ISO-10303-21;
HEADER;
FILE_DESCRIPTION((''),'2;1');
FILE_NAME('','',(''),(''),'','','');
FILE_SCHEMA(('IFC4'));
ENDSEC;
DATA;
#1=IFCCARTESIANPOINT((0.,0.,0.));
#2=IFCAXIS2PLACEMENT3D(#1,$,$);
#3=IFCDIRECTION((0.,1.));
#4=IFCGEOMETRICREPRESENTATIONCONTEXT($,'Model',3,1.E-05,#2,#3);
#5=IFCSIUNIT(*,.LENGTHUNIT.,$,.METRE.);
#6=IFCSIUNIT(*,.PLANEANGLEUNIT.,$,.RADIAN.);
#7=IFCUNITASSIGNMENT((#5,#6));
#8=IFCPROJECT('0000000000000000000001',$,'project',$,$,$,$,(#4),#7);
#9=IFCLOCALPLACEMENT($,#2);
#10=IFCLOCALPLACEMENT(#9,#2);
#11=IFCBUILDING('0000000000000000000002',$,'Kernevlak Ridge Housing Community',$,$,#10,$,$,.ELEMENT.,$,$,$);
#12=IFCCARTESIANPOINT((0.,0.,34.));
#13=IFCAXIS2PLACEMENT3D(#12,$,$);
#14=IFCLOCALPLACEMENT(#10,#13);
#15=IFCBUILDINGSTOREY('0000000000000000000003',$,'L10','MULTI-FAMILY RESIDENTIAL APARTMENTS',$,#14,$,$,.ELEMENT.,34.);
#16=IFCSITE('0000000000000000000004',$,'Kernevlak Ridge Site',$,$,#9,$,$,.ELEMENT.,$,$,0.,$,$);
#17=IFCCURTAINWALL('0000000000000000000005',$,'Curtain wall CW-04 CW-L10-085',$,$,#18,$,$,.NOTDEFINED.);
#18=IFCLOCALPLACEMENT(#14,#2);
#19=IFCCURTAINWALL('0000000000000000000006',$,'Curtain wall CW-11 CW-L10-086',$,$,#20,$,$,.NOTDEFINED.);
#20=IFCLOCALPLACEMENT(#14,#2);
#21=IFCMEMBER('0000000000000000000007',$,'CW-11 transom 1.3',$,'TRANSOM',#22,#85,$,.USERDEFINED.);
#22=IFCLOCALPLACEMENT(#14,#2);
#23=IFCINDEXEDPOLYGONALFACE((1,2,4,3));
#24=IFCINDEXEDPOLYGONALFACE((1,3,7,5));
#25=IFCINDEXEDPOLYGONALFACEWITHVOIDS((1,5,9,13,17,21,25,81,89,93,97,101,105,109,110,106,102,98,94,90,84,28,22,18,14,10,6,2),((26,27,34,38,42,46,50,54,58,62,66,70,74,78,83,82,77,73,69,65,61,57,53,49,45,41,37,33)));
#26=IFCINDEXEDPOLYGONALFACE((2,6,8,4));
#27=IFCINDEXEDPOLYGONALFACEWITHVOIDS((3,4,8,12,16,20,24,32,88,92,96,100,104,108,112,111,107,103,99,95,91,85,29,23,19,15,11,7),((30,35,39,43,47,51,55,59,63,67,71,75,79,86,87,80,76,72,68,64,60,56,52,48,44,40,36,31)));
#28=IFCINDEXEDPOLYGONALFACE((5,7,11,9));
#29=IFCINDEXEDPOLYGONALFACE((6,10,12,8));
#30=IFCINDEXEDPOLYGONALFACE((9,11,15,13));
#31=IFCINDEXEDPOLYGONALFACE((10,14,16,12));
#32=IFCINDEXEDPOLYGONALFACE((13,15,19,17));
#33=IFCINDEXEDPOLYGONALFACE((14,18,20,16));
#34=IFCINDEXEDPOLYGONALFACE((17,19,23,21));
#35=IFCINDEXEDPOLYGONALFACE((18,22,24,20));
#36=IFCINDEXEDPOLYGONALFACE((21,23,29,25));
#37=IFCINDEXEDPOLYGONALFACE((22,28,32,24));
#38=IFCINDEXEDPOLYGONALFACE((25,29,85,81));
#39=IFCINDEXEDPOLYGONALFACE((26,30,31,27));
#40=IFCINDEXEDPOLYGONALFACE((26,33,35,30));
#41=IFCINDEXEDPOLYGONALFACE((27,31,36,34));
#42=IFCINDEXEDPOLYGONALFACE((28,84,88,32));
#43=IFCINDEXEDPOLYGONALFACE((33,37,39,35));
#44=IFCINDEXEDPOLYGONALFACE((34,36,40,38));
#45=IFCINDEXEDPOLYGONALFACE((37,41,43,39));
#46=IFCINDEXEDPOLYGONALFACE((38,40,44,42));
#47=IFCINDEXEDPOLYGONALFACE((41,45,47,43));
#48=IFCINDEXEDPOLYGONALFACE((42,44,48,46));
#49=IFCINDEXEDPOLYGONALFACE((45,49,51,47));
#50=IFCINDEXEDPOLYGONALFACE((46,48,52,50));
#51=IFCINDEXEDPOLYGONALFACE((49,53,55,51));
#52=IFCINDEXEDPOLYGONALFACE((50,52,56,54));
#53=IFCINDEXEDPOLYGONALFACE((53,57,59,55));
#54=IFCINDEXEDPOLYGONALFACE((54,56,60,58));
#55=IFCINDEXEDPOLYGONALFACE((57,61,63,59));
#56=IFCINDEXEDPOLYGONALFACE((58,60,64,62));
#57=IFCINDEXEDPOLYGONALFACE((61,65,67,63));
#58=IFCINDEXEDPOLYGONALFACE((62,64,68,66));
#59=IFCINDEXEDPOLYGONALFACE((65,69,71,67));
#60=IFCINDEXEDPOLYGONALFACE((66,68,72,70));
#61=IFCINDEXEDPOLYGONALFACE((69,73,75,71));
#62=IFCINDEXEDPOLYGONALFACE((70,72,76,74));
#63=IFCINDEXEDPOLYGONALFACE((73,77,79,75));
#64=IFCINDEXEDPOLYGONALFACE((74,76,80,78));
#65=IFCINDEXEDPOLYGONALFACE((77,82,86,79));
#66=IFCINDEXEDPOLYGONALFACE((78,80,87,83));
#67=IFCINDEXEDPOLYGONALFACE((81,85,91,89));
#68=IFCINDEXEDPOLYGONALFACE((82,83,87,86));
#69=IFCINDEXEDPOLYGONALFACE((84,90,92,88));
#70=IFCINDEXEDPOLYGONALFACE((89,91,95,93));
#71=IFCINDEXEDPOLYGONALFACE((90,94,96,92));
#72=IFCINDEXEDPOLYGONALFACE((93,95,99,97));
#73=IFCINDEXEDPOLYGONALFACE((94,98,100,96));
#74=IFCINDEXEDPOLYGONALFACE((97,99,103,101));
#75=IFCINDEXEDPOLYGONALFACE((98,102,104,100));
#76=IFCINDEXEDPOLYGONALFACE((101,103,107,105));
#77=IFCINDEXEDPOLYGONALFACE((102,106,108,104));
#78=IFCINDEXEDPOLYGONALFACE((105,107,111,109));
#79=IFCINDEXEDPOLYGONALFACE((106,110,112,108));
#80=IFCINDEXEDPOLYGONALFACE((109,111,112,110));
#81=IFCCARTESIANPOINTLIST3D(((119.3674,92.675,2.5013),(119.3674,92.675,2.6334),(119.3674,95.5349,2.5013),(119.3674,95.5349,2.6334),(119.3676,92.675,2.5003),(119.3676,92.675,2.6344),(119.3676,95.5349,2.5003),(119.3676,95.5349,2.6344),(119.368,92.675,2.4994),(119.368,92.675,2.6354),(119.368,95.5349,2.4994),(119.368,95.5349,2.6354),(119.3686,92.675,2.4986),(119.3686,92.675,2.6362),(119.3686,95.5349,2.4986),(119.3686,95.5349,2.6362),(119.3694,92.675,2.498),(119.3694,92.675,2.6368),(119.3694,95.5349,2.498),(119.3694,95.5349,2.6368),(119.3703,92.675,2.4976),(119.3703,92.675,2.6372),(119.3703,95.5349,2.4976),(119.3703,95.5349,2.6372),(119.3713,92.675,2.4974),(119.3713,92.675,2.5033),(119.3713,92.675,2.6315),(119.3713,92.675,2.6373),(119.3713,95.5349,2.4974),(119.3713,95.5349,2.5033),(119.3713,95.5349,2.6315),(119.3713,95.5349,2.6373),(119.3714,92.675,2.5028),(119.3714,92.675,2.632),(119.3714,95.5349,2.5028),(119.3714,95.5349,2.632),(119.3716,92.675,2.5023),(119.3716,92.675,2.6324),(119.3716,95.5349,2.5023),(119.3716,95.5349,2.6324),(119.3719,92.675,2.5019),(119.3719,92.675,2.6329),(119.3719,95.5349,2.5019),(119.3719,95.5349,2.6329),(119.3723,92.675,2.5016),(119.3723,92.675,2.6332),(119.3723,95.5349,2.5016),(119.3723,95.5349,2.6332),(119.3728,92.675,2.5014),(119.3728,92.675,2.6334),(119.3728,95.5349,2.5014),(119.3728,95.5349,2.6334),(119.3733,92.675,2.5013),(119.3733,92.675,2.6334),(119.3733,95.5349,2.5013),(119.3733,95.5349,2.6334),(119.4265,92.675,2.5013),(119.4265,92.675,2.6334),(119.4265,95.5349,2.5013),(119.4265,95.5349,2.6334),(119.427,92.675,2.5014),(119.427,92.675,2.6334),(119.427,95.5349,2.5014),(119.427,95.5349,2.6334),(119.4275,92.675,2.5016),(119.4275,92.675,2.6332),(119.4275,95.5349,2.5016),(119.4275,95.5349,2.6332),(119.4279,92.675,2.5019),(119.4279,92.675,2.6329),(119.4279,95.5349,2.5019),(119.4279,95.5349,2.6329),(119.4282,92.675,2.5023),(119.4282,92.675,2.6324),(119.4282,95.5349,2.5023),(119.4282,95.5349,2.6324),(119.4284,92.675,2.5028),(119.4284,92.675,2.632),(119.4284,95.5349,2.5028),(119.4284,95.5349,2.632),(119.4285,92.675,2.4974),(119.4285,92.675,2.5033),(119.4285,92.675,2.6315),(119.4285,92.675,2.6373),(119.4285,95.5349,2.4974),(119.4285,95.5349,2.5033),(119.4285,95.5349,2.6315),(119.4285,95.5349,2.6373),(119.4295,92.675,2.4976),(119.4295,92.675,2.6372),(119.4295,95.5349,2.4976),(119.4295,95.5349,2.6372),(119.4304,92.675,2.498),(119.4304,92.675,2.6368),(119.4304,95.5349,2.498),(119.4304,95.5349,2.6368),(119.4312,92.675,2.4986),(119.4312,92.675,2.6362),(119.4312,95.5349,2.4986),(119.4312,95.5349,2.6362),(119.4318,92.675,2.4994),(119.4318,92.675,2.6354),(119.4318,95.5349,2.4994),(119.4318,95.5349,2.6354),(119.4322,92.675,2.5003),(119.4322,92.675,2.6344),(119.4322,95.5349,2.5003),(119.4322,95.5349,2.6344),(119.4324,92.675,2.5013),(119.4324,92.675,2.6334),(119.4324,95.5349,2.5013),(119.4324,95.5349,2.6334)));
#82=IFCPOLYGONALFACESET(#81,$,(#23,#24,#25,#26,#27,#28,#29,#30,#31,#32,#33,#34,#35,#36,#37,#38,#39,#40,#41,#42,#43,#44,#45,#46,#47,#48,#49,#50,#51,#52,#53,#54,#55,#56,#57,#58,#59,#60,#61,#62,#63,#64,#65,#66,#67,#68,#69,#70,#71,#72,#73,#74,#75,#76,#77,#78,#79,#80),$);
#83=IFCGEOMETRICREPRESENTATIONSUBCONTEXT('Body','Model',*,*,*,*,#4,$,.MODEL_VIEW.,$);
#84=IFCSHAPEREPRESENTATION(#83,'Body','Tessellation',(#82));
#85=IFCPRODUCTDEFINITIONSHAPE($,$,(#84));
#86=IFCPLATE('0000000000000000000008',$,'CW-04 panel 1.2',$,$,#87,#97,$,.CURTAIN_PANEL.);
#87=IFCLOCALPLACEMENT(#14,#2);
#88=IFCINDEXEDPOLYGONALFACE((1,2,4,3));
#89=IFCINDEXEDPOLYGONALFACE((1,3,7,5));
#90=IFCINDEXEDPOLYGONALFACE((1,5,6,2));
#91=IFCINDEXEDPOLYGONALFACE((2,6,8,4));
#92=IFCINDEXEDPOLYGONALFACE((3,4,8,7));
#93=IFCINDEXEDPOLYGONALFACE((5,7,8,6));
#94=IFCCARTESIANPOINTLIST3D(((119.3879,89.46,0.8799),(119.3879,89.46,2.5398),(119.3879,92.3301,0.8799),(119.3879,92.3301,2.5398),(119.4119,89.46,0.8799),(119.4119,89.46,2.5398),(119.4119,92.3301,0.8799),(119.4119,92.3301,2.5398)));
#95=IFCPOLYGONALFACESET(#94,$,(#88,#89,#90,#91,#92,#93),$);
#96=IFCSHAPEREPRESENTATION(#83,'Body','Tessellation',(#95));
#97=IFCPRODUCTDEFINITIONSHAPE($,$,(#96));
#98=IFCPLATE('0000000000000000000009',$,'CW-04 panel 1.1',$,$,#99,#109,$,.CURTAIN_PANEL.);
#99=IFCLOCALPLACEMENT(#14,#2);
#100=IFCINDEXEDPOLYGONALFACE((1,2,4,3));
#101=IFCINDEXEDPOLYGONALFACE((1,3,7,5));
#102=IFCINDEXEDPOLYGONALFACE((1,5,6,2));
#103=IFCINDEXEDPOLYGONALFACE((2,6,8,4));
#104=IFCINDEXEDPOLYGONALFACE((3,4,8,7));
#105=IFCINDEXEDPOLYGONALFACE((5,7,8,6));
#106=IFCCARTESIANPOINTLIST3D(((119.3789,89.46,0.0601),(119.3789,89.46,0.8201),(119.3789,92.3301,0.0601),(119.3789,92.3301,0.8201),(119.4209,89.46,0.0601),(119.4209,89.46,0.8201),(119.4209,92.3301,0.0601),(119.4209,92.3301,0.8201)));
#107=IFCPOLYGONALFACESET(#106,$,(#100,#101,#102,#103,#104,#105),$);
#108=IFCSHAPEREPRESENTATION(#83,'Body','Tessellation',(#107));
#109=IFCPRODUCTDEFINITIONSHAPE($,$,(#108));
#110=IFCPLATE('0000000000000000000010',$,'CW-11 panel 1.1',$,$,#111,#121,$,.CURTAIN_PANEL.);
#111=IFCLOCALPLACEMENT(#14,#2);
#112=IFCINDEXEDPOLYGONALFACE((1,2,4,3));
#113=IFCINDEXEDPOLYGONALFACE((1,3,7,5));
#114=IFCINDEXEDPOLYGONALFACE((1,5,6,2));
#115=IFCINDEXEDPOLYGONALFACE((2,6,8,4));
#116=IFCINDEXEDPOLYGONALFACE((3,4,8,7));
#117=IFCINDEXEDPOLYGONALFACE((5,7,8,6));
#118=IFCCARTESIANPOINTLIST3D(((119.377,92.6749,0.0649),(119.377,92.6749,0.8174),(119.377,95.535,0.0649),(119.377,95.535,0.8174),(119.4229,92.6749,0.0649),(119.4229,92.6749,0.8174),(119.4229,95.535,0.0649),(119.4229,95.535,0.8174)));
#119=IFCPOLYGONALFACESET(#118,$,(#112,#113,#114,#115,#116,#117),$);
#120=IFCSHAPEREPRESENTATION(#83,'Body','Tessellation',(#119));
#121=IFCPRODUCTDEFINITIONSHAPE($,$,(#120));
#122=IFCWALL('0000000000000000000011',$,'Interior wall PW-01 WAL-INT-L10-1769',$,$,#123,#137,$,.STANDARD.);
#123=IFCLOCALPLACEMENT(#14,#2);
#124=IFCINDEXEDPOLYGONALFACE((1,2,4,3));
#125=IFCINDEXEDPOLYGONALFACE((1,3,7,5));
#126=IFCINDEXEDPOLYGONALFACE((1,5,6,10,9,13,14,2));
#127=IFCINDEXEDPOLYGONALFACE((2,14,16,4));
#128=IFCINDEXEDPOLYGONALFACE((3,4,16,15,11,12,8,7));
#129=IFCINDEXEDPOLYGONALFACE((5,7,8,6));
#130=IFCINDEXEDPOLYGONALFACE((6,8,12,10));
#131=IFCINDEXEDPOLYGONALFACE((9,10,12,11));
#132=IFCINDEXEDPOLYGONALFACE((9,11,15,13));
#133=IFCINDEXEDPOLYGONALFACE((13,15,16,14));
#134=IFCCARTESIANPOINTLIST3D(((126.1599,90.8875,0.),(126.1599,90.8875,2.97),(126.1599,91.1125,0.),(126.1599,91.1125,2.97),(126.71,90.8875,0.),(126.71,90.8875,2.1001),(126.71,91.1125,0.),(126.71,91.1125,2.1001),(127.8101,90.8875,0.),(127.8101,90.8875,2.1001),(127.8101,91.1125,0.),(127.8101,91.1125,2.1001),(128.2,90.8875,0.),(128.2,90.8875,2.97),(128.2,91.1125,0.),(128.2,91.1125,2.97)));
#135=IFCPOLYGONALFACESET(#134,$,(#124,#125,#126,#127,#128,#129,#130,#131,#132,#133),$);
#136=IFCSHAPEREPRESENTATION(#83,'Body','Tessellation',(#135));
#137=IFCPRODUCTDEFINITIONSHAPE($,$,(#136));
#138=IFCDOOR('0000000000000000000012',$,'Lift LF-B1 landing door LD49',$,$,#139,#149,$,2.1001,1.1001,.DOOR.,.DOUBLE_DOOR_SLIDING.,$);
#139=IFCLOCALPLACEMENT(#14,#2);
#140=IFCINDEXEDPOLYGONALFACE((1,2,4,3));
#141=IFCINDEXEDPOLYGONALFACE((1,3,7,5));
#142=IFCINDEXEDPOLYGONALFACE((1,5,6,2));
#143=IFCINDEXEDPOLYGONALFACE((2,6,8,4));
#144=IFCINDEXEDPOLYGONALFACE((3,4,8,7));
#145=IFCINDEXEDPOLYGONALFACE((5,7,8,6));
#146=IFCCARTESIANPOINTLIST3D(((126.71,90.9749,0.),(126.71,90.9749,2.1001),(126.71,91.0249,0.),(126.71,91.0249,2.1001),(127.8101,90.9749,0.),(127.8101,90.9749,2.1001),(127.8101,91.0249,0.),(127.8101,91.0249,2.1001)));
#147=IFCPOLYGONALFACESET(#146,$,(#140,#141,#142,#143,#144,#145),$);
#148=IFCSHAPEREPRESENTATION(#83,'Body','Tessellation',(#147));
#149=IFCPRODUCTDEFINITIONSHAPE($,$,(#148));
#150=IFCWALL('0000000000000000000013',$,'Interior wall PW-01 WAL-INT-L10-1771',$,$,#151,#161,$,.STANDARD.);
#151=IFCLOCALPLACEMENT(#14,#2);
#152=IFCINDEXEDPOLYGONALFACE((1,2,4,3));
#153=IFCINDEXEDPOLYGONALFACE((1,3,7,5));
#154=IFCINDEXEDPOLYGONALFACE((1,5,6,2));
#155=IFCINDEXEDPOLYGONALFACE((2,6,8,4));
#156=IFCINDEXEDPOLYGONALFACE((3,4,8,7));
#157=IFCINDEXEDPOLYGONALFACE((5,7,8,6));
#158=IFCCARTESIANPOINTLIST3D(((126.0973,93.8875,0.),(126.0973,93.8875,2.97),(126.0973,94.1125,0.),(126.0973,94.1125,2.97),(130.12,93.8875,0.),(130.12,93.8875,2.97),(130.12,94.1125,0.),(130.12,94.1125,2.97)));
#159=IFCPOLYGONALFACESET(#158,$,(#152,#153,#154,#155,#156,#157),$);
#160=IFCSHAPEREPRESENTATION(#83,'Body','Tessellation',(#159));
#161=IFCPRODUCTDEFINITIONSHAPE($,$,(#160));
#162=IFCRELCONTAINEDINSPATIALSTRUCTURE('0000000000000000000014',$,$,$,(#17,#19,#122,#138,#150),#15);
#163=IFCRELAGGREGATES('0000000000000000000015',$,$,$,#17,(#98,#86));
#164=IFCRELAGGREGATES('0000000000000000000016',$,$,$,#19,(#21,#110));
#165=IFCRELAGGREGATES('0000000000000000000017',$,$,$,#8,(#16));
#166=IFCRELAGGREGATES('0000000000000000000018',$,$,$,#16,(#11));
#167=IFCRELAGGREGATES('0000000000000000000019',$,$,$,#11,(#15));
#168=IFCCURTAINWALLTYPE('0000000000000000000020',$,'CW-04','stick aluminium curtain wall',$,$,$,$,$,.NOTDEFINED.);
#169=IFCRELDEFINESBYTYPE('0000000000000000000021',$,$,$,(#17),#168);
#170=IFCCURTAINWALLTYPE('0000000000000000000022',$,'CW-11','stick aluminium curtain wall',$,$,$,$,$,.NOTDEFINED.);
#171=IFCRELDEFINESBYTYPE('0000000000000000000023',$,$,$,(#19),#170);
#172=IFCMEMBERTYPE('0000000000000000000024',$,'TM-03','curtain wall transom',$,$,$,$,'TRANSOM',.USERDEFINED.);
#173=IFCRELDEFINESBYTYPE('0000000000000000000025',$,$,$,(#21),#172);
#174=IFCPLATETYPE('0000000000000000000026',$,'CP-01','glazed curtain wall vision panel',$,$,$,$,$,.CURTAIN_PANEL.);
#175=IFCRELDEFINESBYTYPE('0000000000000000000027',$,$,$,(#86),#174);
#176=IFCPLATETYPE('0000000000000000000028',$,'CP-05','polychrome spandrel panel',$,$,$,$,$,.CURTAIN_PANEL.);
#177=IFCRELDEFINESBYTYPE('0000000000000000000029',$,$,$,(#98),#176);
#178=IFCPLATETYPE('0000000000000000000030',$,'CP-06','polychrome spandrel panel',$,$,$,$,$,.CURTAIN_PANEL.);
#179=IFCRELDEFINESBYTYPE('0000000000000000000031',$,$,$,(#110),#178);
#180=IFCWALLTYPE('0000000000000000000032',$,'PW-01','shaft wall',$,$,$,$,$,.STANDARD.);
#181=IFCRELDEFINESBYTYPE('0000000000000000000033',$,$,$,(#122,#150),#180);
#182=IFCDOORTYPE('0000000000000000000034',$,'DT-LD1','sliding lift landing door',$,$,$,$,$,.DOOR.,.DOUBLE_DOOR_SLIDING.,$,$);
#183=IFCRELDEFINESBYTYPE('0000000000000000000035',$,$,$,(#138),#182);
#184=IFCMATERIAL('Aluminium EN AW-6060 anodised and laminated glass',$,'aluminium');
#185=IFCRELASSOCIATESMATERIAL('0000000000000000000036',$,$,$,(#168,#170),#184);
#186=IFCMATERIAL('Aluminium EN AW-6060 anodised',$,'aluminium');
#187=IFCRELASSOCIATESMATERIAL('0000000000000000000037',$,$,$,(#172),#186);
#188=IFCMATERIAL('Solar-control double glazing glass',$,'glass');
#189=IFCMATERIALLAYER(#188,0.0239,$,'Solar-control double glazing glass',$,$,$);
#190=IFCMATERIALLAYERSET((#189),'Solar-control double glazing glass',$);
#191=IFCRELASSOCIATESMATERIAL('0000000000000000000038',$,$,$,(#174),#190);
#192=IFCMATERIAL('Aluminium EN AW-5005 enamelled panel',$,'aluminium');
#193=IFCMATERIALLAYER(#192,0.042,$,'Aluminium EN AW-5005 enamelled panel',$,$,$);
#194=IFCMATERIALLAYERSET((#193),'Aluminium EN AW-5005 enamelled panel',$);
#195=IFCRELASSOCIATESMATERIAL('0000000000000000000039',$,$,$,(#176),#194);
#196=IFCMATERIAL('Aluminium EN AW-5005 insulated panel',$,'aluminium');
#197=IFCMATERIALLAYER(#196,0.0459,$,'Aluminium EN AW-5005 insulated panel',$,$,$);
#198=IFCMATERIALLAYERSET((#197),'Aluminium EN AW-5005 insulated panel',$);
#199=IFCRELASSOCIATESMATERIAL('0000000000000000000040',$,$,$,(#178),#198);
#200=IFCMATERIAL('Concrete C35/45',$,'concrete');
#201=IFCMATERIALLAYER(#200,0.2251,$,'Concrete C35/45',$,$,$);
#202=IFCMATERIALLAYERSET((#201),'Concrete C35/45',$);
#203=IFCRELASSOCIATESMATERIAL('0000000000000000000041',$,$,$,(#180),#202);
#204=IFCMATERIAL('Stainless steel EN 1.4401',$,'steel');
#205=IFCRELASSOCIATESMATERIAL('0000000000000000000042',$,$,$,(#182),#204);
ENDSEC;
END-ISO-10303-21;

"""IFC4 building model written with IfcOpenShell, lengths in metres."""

from ifc_helpers import new_model, si_unit, direction, frame, frame_2d, origin, origin_2d, place, context, subcontext, project, spatial, rectangle, hollow_rectangle, extrude, material, layer, layer_set, material_profile, profile_set, type_object, element, fill, aggregate, save


model = new_model("IFC4")

# Units and contexts
model_context = context("Model", 3, precision=1e-05, world=origin(), true_north=direction((0.0, 1.0)))
body_context = subcontext(model_context, "Body", "Model", "MODEL_VIEW")
ifc_project = project(units=[si_unit("LENGTHUNIT", "METRE"), si_unit("PLANEANGLEUNIT", "RADIAN")], contexts=[model_context])

# Site, building, storey
site_placement = place(None, origin())
site = spatial("IfcSite", under=ifc_project, at=site_placement, Name="Kernevlak Ridge Site", CompositionType="ELEMENT", RefElevation=0.0)
building_placement = place(site_placement, origin())
building = spatial("IfcBuilding", under=site, at=building_placement, Name="Kernevlak Ridge Housing Community", CompositionType="ELEMENT")
storey_placement = place(building_placement, frame((0.0, 0.0, 34.0)))
storey = spatial("IfcBuildingStorey", under=building, at=storey_placement, Name="L10", Description="MULTI-FAMILY RESIDENTIAL APARTMENTS", CompositionType="ELEMENT", Elevation=34.0)

# Curtain wall
ifc_material_1 = material(Name="Aluminium EN AW-6060 anodised and laminated glass", Category="aluminium")
curtain_wall_type_1 = type_object("IfcCurtainWallType", Name="CW-04", Description="stick aluminium curtain wall", PredefinedType="NOTDEFINED", material=ifc_material_1)
curtain_wall_1_placement = place(storey_placement, origin())
curtain_wall_1 = element("IfcCurtainWall", 1, at=curtain_wall_1_placement, inside=storey, type_object=curtain_wall_type_1, Name="Curtain wall CW-04 CW-L10-085", PredefinedType="NOTDEFINED")
ifc_material_2 = material(Name="Aluminium EN AW-6060 anodised", Category="aluminium")

# Curtain wall, member
curtain_wall_type_2 = type_object("IfcCurtainWallType", Name="CW-11", Description="stick aluminium curtain wall", PredefinedType="NOTDEFINED", material=ifc_material_1)
curtain_wall_2_placement = place(storey_placement, origin())
curtain_wall_2 = element("IfcCurtainWall", 2, at=curtain_wall_2_placement, inside=storey, type_object=curtain_wall_type_2, Name="Curtain wall CW-11 CW-L10-086", PredefinedType="NOTDEFINED")
ifc_material_profile_1 = material_profile(ifc_material_2, hollow_rectangle(XDim=0.0649, YDim=0.1399, WallThickness=0.0039, InnerFilletRadius=0.002, OuterFilletRadius=0.0039, at=origin_2d()), Name="ALU 65x140x4")
ifc_profile_set_1 = profile_set([ifc_material_profile_1], Name="Aluminium EN AW-6060 anodised")
member_type_1 = type_object("IfcMemberType", Name="TM-03", Description="curtain wall transom", ElementType="TRANSOM", PredefinedType="USERDEFINED", material=ifc_profile_set_1)
member_1_placement = place(storey_placement, frame((119.3999, 92.675, 2.5674), z_axis=(0.0, 1.0, 0.0), x_axis=(-1.0, 0.0, 0.0)))
member_1 = element("IfcMember", 3, at=member_1_placement, type_object=member_type_1, Name="CW-11 transom 1.3", ObjectType="TRANSOM", PredefinedType="USERDEFINED", context=body_context, shape_type="SweptSolid", body=[
    extrude(hollow_rectangle(XDim=0.0649, YDim=0.1399, WallThickness=0.0039, InnerFilletRadius=0.002, OuterFilletRadius=0.0039, at=origin_2d()), origin(), (0.0, 0.0, 1.0), 2.8599),
])

# Plates
ifc_material_3 = material(Name="Solar-control double glazing glass", Category="glass")
ifc_layer_1 = layer(ifc_material_3, 0.0239, Name="Solar-control double glazing glass")
ifc_layer_set_1 = layer_set([ifc_layer_1], Name="Solar-control double glazing glass")
plate_type_1 = type_object("IfcPlateType", Name="CP-01", Description="glazed curtain wall vision panel", PredefinedType="CURTAIN_PANEL", material=ifc_layer_set_1)
plate_1_placement = place(storey_placement, frame((119.3999, 90.895, 0.8799), z_axis=(0.0, 0.0, 1.0), x_axis=(0.0, 1.0, 0.0)))
plate_1 = element("IfcPlate", 4, at=plate_1_placement, type_object=plate_type_1, Name="CW-04 panel 1.2", PredefinedType="CURTAIN_PANEL", context=body_context, shape_type="SweptSolid", body=[
    extrude(rectangle(XDim=2.8701, YDim=0.0239, at=origin_2d()), origin(), (0.0, 0.0, 1.0), 1.6599),
])
ifc_material_4 = material(Name="Aluminium EN AW-5005 enamelled panel", Category="aluminium")
ifc_layer_2 = layer(ifc_material_4, 0.042, Name="Aluminium EN AW-5005 enamelled panel")
ifc_layer_set_2 = layer_set([ifc_layer_2], Name="Aluminium EN AW-5005 enamelled panel")
plate_type_2 = type_object("IfcPlateType", Name="CP-05", Description="polychrome spandrel panel", PredefinedType="CURTAIN_PANEL", material=ifc_layer_set_2)
plate_2_placement = place(storey_placement, frame((119.3999, 90.895, 0.0601), z_axis=(0.0, 0.0, 1.0), x_axis=(0.0, 1.0, 0.0)))
plate_2 = element("IfcPlate", 5, at=plate_2_placement, type_object=plate_type_2, Name="CW-04 panel 1.1", PredefinedType="CURTAIN_PANEL", context=body_context, shape_type="SweptSolid", body=[
    extrude(rectangle(XDim=2.8701, YDim=0.042, at=origin_2d()), origin(), (0.0, 0.0, 1.0), 0.76),
])
aggregate(curtain_wall_1, [plate_2, plate_1])
ifc_material_5 = material(Name="Aluminium EN AW-5005 insulated panel", Category="aluminium")
ifc_layer_3 = layer(ifc_material_5, 0.0459, Name="Aluminium EN AW-5005 insulated panel")
ifc_layer_set_3 = layer_set([ifc_layer_3], Name="Aluminium EN AW-5005 insulated panel")
plate_type_3 = type_object("IfcPlateType", Name="CP-06", Description="polychrome spandrel panel", PredefinedType="CURTAIN_PANEL", material=ifc_layer_set_3)
plate_3_placement = place(storey_placement, frame((119.3999, 94.105, 0.0649), z_axis=(0.0, 0.0, 1.0), x_axis=(0.0, 1.0, 0.0)))
plate_3 = element("IfcPlate", 6, at=plate_3_placement, type_object=plate_type_3, Name="CW-11 panel 1.1", PredefinedType="CURTAIN_PANEL", context=body_context, shape_type="SweptSolid", body=[
    extrude(rectangle(XDim=2.8601, YDim=0.0459, at=origin_2d()), origin(), (0.0, 0.0, 1.0), 0.7524),
])
aggregate(curtain_wall_2, [member_1, plate_3])

# Wall, opening, door
ifc_material_6 = material(Name="Concrete C35/45", Category="concrete")
ifc_layer_4 = layer(ifc_material_6, 0.2251, Name="Concrete C35/45")
ifc_layer_set_4 = layer_set([ifc_layer_4], Name="Concrete C35/45")
wall_type_1 = type_object("IfcWallType", Name="PW-01", Description="shaft wall", PredefinedType="STANDARD", material=ifc_layer_set_4)
wall_1_placement = place(storey_placement, frame((126.1599, 91.0, 0.0), z_axis=(0.0, 0.0, 1.0), x_axis=(1.0, 0.0, 0.0)))
wall_1 = element("IfcWall", 7, at=wall_1_placement, inside=storey, type_object=wall_type_1, Name="Interior wall PW-01 WAL-INT-L10-1769", PredefinedType="STANDARD", context=body_context, shape_type="SweptSolid", body=[
    extrude(rectangle(XDim=2.04, YDim=0.2251, at=frame_2d((1.02, 0.0))), origin(), (0.0, 0.0, 1.0), 2.97),
])
opening_1_placement = place(wall_1_placement, frame((0.55, 0.0, 0.0)))
opening_1 = element("IfcOpeningElement", 8, at=opening_1_placement, cuts=wall_1, PredefinedType="OPENING", context=body_context, shape_type="SweptSolid", body=[
    extrude(rectangle(XDim=1.1001, YDim=2.1001, at=frame_2d((0.55, 1.05))), frame((0.0, 0.1226, 0.0), z_axis=(0.0, -1.0, 0.0), x_axis=(1.0, 0.0, 0.0)), (0.0, 0.0, 1.0), 0.2451),
])
ifc_material_7 = material(Name="Stainless steel EN 1.4401", Category="steel")
door_type_1 = type_object("IfcDoorType", Name="DT-LD1", Description="sliding lift landing door", OperationType="DOUBLE_DOOR_SLIDING", PredefinedType="DOOR", material=ifc_material_7)
door_1_placement = place(opening_1_placement, origin())
door_1 = element("IfcDoor", 9, at=door_1_placement, inside=storey, type_object=door_type_1, Name="Lift LF-B1 landing door LD49", OperationType="DOUBLE_DOOR_SLIDING", OverallHeight=2.1001, OverallWidth=1.1001, PredefinedType="DOOR", context=body_context, shape_type="SweptSolid", body=[
    extrude(rectangle(XDim=1.1001, YDim=2.1001, at=frame_2d((0.55, 1.05))), frame((0.0, 0.0249, 0.0), z_axis=(0.0, -1.0, 0.0), x_axis=(1.0, 0.0, 0.0)), (0.0, 0.0, 1.0), 0.05),
])
fill(opening_1, door_1)

# Wall
wall_2_placement = place(storey_placement, frame((126.0974, 94.0, 0.0), z_axis=(0.0, 0.0, 1.0), x_axis=(1.0, 0.0, 0.0)))
element("IfcWall", 10, at=wall_2_placement, inside=storey, type_object=wall_type_1, Name="Interior wall PW-01 WAL-INT-L10-1771", PredefinedType="STANDARD", context=body_context, shape_type="SweptSolid", body=[
    extrude(rectangle(XDim=4.0227, YDim=0.2251, at=frame_2d((2.0112, 0.0))), origin(), (0.0, 0.0, 1.0), 2.97),
])

save(model, "model.ifc")
